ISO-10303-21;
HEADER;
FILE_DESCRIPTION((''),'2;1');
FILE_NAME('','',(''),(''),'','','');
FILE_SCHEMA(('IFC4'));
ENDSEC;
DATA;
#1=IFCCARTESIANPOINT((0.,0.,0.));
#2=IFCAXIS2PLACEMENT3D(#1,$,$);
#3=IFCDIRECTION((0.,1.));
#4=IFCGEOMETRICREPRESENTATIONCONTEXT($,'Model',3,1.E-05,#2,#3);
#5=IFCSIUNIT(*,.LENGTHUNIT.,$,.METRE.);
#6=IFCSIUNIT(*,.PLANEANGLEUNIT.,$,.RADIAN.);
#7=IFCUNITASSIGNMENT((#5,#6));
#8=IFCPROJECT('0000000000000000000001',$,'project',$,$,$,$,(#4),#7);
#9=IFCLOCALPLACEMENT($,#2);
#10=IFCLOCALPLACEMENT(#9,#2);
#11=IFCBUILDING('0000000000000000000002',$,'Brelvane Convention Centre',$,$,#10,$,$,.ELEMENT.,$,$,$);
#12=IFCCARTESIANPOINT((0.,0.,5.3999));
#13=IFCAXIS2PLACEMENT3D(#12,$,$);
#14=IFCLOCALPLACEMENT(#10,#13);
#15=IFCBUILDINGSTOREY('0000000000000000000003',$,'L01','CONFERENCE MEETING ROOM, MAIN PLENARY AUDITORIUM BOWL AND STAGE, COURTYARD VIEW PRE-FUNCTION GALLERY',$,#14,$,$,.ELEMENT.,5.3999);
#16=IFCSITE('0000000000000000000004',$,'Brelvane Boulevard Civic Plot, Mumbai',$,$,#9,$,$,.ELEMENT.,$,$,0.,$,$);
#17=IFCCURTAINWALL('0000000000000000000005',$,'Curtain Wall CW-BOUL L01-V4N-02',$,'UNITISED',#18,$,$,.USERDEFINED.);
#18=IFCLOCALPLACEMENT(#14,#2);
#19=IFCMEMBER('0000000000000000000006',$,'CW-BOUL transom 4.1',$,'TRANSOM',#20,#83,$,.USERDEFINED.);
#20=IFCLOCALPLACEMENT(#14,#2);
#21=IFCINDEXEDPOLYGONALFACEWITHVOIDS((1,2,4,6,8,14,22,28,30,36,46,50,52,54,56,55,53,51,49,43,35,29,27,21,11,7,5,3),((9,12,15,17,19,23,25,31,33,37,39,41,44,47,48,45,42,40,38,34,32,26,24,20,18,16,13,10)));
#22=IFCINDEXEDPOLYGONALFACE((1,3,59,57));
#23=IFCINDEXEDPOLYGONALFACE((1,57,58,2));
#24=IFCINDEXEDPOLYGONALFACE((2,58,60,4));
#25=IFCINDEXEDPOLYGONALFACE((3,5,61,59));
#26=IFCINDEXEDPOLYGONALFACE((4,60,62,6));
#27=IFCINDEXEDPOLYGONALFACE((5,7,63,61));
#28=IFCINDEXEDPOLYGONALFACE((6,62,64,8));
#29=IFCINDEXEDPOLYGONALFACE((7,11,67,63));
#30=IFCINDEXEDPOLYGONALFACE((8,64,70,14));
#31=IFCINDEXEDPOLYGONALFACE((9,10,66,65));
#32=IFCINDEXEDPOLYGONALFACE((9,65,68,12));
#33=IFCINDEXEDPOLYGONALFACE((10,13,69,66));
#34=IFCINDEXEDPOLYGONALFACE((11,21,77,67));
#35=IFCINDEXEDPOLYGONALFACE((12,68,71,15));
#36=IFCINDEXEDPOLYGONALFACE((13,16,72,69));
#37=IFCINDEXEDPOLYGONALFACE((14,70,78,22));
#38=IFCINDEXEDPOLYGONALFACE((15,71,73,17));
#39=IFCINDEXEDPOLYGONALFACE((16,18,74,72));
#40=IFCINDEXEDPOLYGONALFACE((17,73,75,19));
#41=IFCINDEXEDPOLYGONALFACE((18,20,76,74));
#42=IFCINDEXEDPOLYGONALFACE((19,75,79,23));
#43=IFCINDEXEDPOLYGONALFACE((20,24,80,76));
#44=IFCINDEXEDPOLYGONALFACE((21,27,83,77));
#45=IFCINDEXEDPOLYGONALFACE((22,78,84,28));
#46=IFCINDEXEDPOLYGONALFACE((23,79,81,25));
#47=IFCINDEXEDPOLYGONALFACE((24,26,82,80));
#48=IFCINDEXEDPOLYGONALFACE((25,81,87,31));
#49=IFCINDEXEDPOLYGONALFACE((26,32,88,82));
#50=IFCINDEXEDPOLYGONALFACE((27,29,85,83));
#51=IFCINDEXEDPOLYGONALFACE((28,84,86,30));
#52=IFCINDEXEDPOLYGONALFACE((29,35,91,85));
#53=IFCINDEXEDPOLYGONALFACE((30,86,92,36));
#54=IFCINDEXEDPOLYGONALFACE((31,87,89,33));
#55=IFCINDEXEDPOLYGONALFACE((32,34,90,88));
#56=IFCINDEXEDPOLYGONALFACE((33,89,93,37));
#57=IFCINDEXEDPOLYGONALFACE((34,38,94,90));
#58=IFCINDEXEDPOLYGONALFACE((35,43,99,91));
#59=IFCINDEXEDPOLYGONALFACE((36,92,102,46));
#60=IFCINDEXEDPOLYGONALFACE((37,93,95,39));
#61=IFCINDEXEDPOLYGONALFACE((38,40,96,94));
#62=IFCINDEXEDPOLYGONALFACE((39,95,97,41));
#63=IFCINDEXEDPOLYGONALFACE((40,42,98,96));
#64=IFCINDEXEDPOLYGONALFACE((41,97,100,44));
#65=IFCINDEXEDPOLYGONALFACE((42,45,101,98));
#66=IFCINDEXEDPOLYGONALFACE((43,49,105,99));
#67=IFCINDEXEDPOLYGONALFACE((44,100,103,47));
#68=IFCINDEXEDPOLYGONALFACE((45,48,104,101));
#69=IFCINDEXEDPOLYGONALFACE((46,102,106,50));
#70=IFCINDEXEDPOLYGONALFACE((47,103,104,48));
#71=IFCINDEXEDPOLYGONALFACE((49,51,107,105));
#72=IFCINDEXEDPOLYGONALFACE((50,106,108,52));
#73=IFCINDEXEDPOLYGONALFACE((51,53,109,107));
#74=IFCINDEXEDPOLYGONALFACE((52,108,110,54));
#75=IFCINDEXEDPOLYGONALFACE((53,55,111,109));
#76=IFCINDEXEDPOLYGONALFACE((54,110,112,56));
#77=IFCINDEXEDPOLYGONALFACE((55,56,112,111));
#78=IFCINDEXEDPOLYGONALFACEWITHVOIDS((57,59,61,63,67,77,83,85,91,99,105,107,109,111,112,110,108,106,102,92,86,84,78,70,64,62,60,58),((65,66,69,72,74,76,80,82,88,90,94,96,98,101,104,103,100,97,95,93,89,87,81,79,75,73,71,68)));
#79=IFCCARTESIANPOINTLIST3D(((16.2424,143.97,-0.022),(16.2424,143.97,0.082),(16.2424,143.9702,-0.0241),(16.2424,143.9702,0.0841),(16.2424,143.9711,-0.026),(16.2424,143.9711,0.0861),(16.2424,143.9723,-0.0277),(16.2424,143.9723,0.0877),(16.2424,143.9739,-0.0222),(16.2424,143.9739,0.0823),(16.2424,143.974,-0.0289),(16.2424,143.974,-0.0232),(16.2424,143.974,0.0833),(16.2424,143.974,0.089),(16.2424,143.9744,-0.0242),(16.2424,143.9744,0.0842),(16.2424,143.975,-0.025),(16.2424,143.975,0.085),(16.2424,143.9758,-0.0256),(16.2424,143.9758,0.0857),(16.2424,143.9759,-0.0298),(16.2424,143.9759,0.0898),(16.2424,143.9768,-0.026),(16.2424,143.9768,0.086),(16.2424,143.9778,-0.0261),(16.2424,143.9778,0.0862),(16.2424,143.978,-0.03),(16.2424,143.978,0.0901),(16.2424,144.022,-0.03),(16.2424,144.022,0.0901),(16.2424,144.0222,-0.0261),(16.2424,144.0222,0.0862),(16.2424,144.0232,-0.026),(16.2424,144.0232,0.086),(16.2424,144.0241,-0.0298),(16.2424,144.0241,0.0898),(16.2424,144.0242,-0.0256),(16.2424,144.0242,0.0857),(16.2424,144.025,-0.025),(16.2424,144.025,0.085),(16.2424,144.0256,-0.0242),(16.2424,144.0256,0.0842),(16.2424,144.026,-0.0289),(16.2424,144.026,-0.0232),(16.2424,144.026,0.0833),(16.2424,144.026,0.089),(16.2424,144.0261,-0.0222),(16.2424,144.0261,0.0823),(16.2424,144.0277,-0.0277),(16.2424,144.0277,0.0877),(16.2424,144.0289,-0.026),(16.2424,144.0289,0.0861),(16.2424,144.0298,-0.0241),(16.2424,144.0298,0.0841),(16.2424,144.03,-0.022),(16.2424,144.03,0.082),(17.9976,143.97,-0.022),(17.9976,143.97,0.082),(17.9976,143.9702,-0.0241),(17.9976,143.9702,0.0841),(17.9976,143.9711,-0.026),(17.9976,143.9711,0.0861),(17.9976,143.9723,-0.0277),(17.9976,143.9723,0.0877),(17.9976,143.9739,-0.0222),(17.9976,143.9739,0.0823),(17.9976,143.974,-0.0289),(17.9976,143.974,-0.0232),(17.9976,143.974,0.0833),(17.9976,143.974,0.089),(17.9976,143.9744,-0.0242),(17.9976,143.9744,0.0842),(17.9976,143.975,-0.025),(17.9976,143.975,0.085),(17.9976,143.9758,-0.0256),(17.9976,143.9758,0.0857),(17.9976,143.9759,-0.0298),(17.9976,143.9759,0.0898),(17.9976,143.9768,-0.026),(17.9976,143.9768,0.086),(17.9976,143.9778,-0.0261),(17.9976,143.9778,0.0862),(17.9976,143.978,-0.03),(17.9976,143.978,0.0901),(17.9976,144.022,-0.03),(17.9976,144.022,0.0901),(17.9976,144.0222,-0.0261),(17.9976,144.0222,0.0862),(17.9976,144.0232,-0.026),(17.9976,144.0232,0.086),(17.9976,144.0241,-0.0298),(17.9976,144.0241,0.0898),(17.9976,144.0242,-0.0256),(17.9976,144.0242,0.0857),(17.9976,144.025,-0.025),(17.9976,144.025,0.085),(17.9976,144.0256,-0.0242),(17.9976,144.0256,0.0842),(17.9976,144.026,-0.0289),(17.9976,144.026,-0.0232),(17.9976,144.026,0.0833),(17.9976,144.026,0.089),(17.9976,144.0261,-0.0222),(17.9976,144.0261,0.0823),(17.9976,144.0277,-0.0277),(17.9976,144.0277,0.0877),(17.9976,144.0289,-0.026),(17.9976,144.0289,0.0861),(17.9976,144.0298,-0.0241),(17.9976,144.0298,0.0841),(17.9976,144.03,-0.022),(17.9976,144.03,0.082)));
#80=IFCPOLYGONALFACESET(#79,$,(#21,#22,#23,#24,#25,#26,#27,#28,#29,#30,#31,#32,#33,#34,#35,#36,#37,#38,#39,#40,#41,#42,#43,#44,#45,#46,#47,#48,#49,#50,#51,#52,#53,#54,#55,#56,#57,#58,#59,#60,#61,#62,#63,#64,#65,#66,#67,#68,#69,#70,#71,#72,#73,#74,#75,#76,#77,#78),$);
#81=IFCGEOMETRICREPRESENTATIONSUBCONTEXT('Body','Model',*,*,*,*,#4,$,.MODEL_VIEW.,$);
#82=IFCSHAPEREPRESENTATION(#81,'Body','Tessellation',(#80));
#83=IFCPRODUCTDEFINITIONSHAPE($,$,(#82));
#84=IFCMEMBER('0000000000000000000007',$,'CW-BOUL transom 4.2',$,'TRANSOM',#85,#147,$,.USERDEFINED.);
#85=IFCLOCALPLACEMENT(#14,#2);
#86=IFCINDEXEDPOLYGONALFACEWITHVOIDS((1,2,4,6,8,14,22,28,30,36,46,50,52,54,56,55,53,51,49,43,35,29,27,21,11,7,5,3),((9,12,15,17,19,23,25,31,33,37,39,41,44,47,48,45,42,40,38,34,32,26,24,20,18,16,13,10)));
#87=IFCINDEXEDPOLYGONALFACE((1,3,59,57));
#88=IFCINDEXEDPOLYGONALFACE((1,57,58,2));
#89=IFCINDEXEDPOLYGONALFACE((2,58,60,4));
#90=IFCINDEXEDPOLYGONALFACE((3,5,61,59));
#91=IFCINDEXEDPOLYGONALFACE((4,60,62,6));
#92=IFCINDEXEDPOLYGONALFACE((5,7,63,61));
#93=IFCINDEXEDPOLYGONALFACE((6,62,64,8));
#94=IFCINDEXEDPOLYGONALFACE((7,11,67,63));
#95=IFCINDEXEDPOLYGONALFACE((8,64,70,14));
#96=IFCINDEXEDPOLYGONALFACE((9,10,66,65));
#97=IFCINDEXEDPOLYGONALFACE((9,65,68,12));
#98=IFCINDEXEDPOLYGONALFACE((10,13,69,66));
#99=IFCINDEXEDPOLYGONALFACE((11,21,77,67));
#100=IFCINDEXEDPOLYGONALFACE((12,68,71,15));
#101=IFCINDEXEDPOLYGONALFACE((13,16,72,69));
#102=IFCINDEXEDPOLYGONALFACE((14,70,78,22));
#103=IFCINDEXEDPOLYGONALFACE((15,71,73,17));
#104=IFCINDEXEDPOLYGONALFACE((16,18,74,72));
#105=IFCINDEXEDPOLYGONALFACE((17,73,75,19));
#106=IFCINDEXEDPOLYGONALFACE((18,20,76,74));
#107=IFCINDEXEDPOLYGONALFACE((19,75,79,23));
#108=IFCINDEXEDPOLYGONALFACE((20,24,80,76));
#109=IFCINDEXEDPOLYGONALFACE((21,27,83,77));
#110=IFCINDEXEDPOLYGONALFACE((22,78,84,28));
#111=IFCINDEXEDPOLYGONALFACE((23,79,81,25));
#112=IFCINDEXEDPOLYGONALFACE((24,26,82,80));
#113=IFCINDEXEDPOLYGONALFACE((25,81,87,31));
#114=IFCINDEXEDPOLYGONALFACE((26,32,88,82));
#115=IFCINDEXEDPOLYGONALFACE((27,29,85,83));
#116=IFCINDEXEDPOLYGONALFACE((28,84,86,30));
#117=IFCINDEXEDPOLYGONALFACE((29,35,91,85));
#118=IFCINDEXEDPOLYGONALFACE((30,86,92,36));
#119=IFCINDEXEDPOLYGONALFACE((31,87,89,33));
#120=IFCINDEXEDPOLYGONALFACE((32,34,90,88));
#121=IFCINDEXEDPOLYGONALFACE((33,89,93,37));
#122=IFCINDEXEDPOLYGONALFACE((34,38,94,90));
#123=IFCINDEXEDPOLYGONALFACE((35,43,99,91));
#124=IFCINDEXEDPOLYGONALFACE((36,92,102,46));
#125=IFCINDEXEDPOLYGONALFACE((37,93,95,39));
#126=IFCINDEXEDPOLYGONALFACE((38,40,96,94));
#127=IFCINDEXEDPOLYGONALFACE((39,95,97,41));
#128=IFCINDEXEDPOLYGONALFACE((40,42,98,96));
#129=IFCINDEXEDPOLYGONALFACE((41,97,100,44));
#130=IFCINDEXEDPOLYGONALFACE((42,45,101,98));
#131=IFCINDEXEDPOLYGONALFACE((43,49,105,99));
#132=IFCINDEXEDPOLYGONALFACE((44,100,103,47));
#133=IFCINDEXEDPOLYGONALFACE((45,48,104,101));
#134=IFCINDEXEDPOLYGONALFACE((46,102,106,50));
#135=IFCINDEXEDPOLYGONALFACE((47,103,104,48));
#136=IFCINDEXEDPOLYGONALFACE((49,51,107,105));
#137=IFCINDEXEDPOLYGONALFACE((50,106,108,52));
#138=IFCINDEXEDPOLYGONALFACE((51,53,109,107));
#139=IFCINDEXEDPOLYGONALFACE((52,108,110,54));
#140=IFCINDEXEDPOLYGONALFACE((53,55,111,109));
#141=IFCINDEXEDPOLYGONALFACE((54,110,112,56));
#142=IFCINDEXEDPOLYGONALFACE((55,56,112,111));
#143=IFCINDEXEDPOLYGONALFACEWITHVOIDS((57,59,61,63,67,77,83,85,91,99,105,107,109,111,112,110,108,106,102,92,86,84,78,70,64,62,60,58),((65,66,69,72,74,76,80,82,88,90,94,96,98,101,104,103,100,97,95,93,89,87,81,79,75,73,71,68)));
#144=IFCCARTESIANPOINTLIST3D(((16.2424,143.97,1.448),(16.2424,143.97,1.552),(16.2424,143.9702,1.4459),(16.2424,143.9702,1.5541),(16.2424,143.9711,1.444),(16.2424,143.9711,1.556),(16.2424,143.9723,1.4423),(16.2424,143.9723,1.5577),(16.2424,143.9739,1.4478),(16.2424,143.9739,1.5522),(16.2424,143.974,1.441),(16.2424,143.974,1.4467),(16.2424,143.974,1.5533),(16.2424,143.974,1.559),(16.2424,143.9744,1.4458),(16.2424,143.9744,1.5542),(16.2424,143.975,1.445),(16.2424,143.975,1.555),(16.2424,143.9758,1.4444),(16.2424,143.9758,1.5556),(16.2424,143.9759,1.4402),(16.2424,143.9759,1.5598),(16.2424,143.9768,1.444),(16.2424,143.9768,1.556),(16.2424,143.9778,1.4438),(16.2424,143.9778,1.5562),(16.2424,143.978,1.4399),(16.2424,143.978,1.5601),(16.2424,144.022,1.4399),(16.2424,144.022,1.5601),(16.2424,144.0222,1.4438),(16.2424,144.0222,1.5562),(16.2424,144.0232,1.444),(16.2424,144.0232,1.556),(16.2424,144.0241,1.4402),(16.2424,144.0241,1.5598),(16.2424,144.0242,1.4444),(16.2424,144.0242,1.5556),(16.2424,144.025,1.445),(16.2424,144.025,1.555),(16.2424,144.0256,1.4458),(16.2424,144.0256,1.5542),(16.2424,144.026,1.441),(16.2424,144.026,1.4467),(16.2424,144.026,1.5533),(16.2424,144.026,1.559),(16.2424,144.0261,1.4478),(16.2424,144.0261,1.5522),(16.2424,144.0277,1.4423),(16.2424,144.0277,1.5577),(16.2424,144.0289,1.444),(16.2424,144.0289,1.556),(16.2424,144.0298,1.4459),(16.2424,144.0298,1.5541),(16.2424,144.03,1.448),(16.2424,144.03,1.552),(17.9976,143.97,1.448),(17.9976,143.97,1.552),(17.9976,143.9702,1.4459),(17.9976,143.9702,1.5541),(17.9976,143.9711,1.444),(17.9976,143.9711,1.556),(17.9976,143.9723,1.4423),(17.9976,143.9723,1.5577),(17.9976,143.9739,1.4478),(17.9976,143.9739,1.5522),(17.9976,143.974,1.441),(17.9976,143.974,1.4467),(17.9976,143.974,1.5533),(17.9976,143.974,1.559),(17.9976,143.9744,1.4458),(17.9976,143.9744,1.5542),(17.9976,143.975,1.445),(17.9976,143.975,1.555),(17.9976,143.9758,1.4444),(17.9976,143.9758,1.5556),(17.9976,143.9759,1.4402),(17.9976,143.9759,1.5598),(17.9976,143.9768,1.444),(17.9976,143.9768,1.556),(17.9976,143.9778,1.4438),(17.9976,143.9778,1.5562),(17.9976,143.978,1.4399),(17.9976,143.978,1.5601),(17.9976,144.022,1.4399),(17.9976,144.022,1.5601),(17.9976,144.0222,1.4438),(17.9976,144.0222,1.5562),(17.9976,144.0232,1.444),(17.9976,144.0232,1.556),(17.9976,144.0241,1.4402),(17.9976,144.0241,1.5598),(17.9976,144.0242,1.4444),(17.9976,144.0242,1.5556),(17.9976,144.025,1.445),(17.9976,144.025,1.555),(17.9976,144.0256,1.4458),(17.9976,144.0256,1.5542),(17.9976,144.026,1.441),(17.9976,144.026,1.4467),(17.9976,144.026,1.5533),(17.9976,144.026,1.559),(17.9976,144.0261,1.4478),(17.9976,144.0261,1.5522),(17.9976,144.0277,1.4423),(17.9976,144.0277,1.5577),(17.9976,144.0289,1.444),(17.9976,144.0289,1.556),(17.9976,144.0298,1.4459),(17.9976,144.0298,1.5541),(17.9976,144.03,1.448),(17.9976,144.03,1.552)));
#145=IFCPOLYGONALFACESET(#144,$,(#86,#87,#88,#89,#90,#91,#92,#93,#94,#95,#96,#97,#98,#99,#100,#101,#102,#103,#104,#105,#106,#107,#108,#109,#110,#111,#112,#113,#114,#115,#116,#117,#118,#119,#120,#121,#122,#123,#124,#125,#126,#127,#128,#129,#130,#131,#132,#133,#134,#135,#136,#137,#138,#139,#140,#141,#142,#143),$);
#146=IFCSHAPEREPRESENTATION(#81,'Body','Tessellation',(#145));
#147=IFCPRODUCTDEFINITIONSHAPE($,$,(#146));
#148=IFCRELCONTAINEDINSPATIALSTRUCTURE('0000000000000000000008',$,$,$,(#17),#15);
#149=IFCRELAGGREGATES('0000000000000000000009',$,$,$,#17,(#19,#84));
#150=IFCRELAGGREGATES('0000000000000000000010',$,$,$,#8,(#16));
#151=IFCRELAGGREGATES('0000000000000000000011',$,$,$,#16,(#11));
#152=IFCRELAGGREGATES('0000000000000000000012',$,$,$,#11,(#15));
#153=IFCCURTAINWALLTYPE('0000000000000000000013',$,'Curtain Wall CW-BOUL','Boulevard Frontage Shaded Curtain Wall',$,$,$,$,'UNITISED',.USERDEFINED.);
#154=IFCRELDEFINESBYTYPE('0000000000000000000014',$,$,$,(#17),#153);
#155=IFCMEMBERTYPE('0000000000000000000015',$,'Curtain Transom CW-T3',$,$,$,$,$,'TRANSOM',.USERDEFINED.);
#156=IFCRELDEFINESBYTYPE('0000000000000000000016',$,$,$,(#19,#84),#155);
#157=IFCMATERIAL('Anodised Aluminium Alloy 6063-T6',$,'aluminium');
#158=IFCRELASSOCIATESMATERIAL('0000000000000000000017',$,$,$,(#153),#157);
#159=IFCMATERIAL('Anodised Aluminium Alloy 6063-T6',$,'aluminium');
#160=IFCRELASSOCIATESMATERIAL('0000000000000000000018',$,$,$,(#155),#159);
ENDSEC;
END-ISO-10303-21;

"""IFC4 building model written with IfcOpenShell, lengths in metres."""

from ifc_helpers import new_model, si_unit, direction, frame, origin, origin_2d, place, context, subcontext, project, spatial, hollow_rectangle, extrude, material, material_profile, profile_set, type_object, element, aggregate, save


model = new_model("IFC4")

# Units and contexts
model_context = context("Model", 3, precision=1e-05, world=origin(), true_north=direction((0.0, 1.0)))
body_context = subcontext(model_context, "Body", "Model", "MODEL_VIEW")
ifc_project = project(units=[si_unit("LENGTHUNIT", "METRE"), si_unit("PLANEANGLEUNIT", "RADIAN")], contexts=[model_context])

# Site, building, storey
site_placement = place(None, origin())
site = spatial("IfcSite", under=ifc_project, at=site_placement, Name="Brelvane Boulevard Civic Plot, Mumbai", CompositionType="ELEMENT", RefElevation=0.0)
building_placement = place(site_placement, origin())
building = spatial("IfcBuilding", under=site, at=building_placement, Name="Brelvane Convention Centre", CompositionType="ELEMENT")
storey_placement = place(building_placement, frame((0.0, 0.0, 5.3999)))
storey = spatial("IfcBuildingStorey", under=building, at=storey_placement, Name="L01", Description="CONFERENCE MEETING ROOM, MAIN PLENARY AUDITORIUM BOWL AND STAGE, COURTYARD VIEW PRE-FUNCTION GALLERY", CompositionType="ELEMENT", Elevation=5.3999)

# Curtain wall, members
ifc_material_1 = material(Name="Anodised Aluminium Alloy 6063-T6", Category="aluminium")
curtain_wall_type = type_object("IfcCurtainWallType", Name="Curtain Wall CW-BOUL", Description="Boulevard Frontage Shaded Curtain Wall", ElementType="UNITISED", PredefinedType="USERDEFINED", material=ifc_material_1)
curtain_wall_placement = place(storey_placement, origin())
curtain_wall = element("IfcCurtainWall", 1, at=curtain_wall_placement, inside=storey, type_object=curtain_wall_type, Name="Curtain Wall CW-BOUL L01-V4N-02", ObjectType="UNITISED", PredefinedType="USERDEFINED")
ifc_material_2 = material(Name="Anodised Aluminium Alloy 6063-T6", Category="aluminium")
ifc_material_profile_1 = material_profile(ifc_material_2, hollow_rectangle(XDim=0.0601, YDim=0.1201, WallThickness=0.0039, InnerFilletRadius=0.0039, OuterFilletRadius=0.0081, at=origin_2d()), Name="ALU-T 120x60x4.0")
ifc_profile_set_1 = profile_set([ifc_material_profile_1], Name="Anodised Aluminium Alloy 6063-T6")
member_type_1 = type_object("IfcMemberType", Name="Curtain Transom CW-T3", ElementType="TRANSOM", PredefinedType="USERDEFINED", material=ifc_profile_set_1)
member_1_placement = place(storey_placement, frame((16.2424, 144.0, 0.03), z_axis=(1.0, 0.0, 0.0), x_axis=(0.0, 1.0, 0.0)))
member_1 = element("IfcMember", 2, at=member_1_placement, type_object=member_type_1, Name="CW-BOUL transom 4.1", ObjectType="TRANSOM", PredefinedType="USERDEFINED", context=body_context, shape_type="SweptSolid", body=[
    extrude(hollow_rectangle(XDim=0.0601, YDim=0.1201, WallThickness=0.0039, InnerFilletRadius=0.0039, OuterFilletRadius=0.0081, at=origin_2d()), origin(), (0.0, 0.0, 1.0), 1.7551),
])
member_2_placement = place(storey_placement, frame((16.2424, 144.0, 1.5), z_axis=(1.0, 0.0, 0.0), x_axis=(0.0, 1.0, 0.0)))
member_2 = element("IfcMember", 3, at=member_2_placement, type_object=member_type_1, Name="CW-BOUL transom 4.2", ObjectType="TRANSOM", PredefinedType="USERDEFINED", context=body_context, shape_type="SweptSolid", body=[
    extrude(hollow_rectangle(XDim=0.0601, YDim=0.1201, WallThickness=0.0039, InnerFilletRadius=0.0039, OuterFilletRadius=0.0081, at=origin_2d()), origin(), (0.0, 0.0, 1.0), 1.7551),
])

aggregate(curtain_wall, [member_1, member_2])

save(model, "model.ifc")
